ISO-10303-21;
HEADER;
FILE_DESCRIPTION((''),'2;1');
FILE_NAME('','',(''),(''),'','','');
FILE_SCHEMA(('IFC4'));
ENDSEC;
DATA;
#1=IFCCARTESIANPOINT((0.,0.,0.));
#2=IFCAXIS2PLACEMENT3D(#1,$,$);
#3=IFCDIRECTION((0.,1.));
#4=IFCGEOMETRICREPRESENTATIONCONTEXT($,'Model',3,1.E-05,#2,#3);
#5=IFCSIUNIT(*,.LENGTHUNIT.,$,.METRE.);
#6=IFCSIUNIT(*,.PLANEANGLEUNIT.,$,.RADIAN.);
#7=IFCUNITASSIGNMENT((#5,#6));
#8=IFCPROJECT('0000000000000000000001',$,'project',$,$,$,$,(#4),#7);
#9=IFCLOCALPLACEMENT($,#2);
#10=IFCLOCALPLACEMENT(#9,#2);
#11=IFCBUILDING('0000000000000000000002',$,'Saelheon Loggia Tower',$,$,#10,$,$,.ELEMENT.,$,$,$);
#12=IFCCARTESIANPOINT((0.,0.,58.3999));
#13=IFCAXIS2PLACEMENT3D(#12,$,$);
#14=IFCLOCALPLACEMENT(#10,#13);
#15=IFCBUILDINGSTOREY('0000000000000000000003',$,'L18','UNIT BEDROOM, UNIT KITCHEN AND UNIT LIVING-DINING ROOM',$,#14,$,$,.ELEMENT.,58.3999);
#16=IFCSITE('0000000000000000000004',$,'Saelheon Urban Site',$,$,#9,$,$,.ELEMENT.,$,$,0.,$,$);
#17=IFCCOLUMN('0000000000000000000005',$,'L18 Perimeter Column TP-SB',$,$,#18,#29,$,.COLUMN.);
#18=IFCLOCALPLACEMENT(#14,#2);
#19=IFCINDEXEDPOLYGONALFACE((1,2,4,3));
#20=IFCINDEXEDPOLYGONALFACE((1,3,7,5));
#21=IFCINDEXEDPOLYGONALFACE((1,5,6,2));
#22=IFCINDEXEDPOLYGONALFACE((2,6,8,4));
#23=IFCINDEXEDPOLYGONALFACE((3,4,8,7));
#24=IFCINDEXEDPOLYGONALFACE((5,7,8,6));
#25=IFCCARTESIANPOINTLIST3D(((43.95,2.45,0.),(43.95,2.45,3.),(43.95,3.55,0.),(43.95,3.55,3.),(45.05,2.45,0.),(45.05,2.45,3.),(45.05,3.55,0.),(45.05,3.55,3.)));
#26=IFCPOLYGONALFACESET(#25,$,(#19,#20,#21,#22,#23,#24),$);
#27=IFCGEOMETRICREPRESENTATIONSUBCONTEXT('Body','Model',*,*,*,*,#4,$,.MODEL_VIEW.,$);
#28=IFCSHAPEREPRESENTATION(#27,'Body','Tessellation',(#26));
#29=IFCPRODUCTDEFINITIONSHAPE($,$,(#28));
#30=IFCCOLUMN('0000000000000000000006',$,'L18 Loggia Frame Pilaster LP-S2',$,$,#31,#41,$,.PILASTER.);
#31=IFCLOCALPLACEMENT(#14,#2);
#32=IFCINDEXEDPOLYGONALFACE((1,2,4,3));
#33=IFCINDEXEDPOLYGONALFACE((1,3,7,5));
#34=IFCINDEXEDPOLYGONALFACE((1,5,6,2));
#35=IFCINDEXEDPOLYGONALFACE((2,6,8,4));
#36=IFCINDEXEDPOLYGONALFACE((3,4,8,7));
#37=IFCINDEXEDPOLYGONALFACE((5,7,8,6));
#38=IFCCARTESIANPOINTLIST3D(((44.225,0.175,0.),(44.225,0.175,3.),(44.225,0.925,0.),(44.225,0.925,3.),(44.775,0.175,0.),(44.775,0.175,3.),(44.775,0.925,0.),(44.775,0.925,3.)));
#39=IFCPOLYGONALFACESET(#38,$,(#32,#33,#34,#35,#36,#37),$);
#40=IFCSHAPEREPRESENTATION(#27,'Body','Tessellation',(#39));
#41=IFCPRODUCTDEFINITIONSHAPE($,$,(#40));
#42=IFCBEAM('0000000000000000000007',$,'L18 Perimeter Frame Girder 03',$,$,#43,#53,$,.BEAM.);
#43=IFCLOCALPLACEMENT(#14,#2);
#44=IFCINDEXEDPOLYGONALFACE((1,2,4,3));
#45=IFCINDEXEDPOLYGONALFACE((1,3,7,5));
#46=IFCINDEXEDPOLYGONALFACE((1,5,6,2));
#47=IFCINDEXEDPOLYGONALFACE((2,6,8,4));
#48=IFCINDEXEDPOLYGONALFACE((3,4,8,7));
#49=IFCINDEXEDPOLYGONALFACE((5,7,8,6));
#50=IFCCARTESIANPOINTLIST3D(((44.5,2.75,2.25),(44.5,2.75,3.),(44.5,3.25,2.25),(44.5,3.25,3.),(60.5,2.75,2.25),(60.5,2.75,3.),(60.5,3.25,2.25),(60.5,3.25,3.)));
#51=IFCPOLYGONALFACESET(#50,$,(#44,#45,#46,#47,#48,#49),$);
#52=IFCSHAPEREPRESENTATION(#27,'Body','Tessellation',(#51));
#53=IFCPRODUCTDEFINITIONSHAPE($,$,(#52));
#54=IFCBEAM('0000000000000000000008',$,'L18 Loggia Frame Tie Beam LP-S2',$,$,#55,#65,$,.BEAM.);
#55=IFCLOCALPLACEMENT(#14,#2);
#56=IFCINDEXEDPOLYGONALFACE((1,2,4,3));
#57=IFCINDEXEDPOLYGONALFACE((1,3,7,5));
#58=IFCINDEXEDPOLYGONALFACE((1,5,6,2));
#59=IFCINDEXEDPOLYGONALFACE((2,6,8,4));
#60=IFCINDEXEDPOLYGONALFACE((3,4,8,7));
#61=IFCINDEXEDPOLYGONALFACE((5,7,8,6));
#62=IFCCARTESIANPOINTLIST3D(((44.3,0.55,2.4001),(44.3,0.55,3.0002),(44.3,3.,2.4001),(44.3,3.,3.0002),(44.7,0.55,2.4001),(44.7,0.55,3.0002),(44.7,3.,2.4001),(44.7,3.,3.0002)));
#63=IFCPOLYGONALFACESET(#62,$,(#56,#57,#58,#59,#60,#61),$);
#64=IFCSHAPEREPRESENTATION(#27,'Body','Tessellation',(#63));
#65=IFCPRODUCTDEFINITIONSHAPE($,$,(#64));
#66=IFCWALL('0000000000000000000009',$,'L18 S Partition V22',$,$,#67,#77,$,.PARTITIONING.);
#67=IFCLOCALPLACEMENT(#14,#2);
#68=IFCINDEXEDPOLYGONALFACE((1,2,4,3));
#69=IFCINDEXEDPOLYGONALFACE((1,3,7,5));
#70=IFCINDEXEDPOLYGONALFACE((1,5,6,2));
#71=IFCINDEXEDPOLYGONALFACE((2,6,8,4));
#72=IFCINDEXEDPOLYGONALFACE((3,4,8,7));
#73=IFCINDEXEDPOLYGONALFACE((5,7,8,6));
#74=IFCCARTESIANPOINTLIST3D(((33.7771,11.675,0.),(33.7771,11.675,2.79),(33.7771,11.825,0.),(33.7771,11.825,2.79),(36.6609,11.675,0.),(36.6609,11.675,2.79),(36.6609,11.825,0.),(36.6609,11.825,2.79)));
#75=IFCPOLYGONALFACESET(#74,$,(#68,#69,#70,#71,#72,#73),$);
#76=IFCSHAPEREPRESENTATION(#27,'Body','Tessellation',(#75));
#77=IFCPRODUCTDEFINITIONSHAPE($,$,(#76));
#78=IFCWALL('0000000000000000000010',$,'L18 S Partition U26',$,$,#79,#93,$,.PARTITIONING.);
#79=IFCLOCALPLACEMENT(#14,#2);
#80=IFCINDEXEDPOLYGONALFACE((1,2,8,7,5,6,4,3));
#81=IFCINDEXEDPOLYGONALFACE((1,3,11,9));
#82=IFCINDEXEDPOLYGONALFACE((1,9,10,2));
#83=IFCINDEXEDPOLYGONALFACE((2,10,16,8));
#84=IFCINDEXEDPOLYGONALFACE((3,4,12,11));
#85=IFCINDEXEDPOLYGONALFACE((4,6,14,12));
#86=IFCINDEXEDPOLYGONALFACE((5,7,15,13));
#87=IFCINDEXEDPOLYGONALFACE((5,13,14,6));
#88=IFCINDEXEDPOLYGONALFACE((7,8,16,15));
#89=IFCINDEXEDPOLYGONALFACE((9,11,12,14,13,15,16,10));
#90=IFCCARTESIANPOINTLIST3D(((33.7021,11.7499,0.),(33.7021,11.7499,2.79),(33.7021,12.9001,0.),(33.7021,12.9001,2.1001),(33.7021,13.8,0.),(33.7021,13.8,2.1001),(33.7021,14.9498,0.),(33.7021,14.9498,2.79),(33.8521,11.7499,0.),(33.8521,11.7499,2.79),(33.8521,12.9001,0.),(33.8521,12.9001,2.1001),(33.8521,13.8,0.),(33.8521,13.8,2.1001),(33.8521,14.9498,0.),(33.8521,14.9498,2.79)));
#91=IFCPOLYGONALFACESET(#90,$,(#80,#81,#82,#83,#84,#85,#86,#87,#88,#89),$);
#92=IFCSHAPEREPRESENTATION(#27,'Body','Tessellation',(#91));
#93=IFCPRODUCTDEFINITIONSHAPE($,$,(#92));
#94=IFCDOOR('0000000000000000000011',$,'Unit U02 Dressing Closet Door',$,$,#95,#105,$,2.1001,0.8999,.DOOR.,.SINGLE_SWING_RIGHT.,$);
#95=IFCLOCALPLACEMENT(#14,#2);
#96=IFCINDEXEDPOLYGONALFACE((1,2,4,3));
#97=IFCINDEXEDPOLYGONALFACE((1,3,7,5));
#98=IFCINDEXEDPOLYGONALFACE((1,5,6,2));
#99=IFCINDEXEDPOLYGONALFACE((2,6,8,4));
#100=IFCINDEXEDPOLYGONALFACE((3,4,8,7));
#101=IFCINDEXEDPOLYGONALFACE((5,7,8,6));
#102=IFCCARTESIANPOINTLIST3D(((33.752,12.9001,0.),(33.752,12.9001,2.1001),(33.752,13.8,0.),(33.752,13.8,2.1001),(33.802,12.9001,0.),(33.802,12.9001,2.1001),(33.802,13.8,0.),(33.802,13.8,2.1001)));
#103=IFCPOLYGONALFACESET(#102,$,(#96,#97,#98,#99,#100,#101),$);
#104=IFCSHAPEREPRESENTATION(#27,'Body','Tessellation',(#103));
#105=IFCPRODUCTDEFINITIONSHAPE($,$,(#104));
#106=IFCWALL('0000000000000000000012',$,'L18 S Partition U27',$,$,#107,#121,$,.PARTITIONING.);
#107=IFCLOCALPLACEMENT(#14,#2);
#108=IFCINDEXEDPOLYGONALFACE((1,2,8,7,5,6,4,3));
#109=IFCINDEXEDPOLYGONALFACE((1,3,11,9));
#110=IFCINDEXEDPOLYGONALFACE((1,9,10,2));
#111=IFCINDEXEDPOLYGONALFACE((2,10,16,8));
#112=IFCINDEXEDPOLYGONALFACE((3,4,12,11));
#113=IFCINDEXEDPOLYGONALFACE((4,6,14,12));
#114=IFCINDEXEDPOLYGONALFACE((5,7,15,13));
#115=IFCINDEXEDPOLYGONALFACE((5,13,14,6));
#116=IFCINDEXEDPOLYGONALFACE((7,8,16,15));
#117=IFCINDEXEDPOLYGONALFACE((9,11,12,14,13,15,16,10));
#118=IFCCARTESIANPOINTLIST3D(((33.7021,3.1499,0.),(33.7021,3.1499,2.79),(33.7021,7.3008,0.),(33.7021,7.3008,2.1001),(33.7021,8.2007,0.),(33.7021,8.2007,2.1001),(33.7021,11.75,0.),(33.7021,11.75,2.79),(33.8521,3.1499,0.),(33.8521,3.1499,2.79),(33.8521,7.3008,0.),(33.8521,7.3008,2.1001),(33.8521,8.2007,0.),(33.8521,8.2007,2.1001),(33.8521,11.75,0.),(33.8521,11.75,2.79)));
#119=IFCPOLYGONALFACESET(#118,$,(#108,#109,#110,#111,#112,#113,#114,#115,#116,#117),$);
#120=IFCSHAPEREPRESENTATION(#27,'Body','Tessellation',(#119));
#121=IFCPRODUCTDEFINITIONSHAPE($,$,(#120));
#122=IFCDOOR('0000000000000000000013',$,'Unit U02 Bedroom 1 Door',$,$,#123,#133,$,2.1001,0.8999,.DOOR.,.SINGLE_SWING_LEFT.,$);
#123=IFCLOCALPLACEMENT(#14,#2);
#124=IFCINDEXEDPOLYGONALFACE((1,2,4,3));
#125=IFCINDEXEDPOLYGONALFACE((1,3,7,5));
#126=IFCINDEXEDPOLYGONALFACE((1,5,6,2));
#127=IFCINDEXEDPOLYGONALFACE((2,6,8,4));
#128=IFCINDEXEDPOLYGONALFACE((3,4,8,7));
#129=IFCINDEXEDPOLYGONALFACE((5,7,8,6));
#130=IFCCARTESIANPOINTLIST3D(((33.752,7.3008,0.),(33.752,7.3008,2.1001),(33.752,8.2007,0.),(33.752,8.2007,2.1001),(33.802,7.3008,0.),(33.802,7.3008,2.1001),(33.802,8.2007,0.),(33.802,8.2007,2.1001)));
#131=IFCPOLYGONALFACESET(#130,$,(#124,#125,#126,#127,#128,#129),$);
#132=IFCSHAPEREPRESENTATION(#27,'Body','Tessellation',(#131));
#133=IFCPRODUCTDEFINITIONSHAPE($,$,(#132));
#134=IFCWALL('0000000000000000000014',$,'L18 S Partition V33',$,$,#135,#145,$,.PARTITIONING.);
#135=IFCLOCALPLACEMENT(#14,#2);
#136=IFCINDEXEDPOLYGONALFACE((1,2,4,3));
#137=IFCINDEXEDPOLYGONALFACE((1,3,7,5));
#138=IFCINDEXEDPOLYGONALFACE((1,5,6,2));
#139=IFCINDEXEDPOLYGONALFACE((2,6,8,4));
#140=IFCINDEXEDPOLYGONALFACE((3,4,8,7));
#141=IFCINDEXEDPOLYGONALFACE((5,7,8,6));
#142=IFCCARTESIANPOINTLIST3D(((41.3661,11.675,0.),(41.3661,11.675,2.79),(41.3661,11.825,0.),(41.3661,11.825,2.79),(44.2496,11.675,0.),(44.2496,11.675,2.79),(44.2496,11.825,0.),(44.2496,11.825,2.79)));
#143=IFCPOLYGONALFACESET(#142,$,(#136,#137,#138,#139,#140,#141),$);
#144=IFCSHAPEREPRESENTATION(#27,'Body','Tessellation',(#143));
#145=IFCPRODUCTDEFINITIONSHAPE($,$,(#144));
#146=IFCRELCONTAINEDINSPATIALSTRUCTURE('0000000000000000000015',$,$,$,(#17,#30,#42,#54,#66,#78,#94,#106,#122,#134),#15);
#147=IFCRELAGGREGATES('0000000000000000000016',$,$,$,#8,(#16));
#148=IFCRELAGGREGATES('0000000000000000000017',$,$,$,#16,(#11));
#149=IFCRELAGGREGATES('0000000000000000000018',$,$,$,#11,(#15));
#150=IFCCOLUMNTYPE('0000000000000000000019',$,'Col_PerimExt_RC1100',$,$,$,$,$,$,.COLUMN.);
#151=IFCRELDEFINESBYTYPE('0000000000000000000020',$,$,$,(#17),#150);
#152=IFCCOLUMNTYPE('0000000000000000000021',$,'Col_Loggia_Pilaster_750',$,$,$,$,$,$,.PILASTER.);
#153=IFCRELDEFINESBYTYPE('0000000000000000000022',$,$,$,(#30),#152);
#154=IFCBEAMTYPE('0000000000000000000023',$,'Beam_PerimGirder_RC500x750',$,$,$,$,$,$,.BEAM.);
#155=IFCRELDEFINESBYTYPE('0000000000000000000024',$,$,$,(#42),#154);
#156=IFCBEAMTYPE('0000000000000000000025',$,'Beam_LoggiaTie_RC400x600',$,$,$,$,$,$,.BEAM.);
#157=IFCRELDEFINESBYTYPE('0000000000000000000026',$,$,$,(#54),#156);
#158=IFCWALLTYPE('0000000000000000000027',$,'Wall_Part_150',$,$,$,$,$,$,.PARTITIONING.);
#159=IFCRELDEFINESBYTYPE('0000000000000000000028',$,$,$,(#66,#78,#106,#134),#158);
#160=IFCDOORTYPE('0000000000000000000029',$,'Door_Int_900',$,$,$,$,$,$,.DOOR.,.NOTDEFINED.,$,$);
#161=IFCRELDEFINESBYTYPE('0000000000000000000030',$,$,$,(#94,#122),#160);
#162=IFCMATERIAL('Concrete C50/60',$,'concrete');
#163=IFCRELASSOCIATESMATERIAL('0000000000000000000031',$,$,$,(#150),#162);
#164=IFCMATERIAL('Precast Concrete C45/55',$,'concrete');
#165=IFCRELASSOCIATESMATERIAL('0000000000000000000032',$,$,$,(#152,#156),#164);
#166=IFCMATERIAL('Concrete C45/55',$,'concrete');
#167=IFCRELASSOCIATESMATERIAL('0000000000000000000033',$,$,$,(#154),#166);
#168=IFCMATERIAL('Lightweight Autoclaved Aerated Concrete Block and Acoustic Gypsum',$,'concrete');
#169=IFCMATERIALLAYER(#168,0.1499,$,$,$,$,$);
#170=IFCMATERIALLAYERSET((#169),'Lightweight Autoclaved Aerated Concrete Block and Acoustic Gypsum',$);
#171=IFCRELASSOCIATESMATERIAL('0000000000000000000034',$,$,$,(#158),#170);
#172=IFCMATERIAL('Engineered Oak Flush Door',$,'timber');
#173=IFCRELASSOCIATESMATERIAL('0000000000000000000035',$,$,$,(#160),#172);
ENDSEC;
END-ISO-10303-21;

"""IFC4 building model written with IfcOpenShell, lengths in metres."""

from ifc_helpers import new_model, si_unit, direction, frame, frame_2d, origin, origin_2d, place, context, subcontext, project, spatial, rectangle, extrude, source, transform, mapped, material, layer, layer_set, material_profile, profile_set, type_object, element, fill, save


model = new_model("IFC4")

# Units and contexts
model_context = context("Model", 3, precision=1e-05, world=origin(), true_north=direction((0.0, 1.0)))
body_context = subcontext(model_context, "Body", "Model", "MODEL_VIEW")
ifc_project = project(units=[si_unit("LENGTHUNIT", "METRE"), si_unit("PLANEANGLEUNIT", "RADIAN")], contexts=[model_context])

# Site, building, storey
site_placement = place(None, origin())
site = spatial("IfcSite", under=ifc_project, at=site_placement, Name="Saelheon Urban Site", CompositionType="ELEMENT", RefElevation=0.0)
building_placement = place(site_placement, origin())
building = spatial("IfcBuilding", under=site, at=building_placement, Name="Saelheon Loggia Tower", CompositionType="ELEMENT")
storey_placement = place(building_placement, frame((0.0, 0.0, 58.3999)))
storey = spatial("IfcBuildingStorey", under=building, at=storey_placement, Name="L18", Description="UNIT BEDROOM, UNIT KITCHEN AND UNIT LIVING-DINING ROOM", CompositionType="ELEMENT", Elevation=58.3999)

# Columns
ifc_material_1 = material(Name="Concrete C50/60", Category="concrete")
ifc_material_profile_1 = material_profile(ifc_material_1, rectangle(XDim=1.1001, YDim=1.1001, at=origin_2d()), Name="RC-1100x1100")
ifc_profile_set_1 = profile_set([ifc_material_profile_1], Name="Concrete C50/60")
column_type_1 = type_object("IfcColumnType", Name="Col_PerimExt_RC1100", PredefinedType="COLUMN", material=ifc_profile_set_1)
shared_shape_1 = source(origin(), body_context, "Body", "SweptSolid", [
    extrude(rectangle(XDim=1.1001, YDim=1.1001, at=origin_2d()), origin(), (0.0, 0.0, 1.0), 3.0),
])
column_1_placement = place(storey_placement, frame((44.5, 3.0, 0.0), z_axis=(0.0, 0.0, 1.0), x_axis=(1.0, 0.0, 0.0)))
element("IfcColumn", 1, at=column_1_placement, inside=storey, type_object=column_type_1, Name="L18 Perimeter Column TP-SB", PredefinedType="COLUMN", context=body_context, shape_type="MappedRepresentation", body=[
    mapped(shared_shape_1, transform((0.0, 0.0, 0.0), scale=1.0)),
])
ifc_material_2 = material(Name="Precast Concrete C45/55", Category="concrete")
ifc_material_profile_2 = material_profile(ifc_material_2, rectangle(XDim=0.55, YDim=0.75, at=origin_2d()), Name="RC-550x750")
ifc_profile_set_2 = profile_set([ifc_material_profile_2], Name="Precast Concrete C45/55")
column_type_2 = type_object("IfcColumnType", Name="Col_Loggia_Pilaster_750", PredefinedType="PILASTER", material=ifc_profile_set_2)
shared_shape_2 = source(origin(), body_context, "Body", "SweptSolid", [
    extrude(rectangle(XDim=0.55, YDim=0.75, at=origin_2d()), origin(), (0.0, 0.0, 1.0), 3.0),
])
column_2_placement = place(storey_placement, frame((44.5, 0.55, 0.0), z_axis=(0.0, 0.0, 1.0), x_axis=(1.0, 0.0, 0.0)))
element("IfcColumn", 2, at=column_2_placement, inside=storey, type_object=column_type_2, Name="L18 Loggia Frame Pilaster LP-S2", PredefinedType="PILASTER", context=body_context, shape_type="MappedRepresentation", body=[
    mapped(shared_shape_2, transform((0.0, 0.0, 0.0), scale=1.0)),
])

# Beams
ifc_material_3 = material(Name="Concrete C45/55", Category="concrete")
ifc_material_profile_3 = material_profile(ifc_material_3, rectangle(XDim=0.5, YDim=0.75, at=origin_2d()), Name="RC-500x750")
ifc_profile_set_3 = profile_set([ifc_material_profile_3], Name="Concrete C45/55")
beam_type_1 = type_object("IfcBeamType", Name="Beam_PerimGirder_RC500x750", PredefinedType="BEAM", material=ifc_profile_set_3)
shared_shape_3 = source(origin(), body_context, "Body", "SweptSolid", [
    extrude(rectangle(XDim=0.5, YDim=0.75, at=origin_2d()), origin(), (0.0, 0.0, 1.0), 16.0),
])
beam_1_placement = place(storey_placement, frame((44.5, 3.0, 2.625), z_axis=(1.0, 0.0, 0.0), x_axis=(0.0, 1.0, 0.0)))
element("IfcBeam", 3, at=beam_1_placement, inside=storey, type_object=beam_type_1, Name="L18 Perimeter Frame Girder 03", PredefinedType="BEAM", context=body_context, shape_type="MappedRepresentation", body=[
    mapped(shared_shape_3, transform((0.0, 0.0, 0.0), scale=1.0)),
])
ifc_material_profile_4 = material_profile(ifc_material_2, rectangle(XDim=0.3999, YDim=0.6001, at=origin_2d()), Name="RC-400x600")
ifc_profile_set_4 = profile_set([ifc_material_profile_4], Name="Precast Concrete C45/55")
beam_type_2 = type_object("IfcBeamType", Name="Beam_LoggiaTie_RC400x600", PredefinedType="BEAM", material=ifc_profile_set_4)
shared_shape_4 = source(origin(), body_context, "Body", "SweptSolid", [
    extrude(rectangle(XDim=0.3999, YDim=0.6001, at=origin_2d()), origin(), (0.0, 0.0, 1.0), 2.45),
])
beam_2_placement = place(storey_placement, frame((44.5, 3.0, 2.7002), z_axis=(0.0, -1.0, 0.0), x_axis=(1.0, 0.0, 0.0)))
element("IfcBeam", 4, at=beam_2_placement, inside=storey, type_object=beam_type_2, Name="L18 Loggia Frame Tie Beam LP-S2", PredefinedType="BEAM", context=body_context, shape_type="MappedRepresentation", body=[
    mapped(shared_shape_4, transform((0.0, 0.0, 0.0), scale=1.0)),
])

# Wall
ifc_material_4 = material(Name="Lightweight Autoclaved Aerated Concrete Block and Acoustic Gypsum", Category="concrete")
ifc_layer_1 = layer(ifc_material_4, 0.1499)
ifc_layer_set_1 = layer_set([ifc_layer_1], Name="Lightweight Autoclaved Aerated Concrete Block and Acoustic Gypsum")
wall_type_1 = type_object("IfcWallType", Name="Wall_Part_150", PredefinedType="PARTITIONING", material=ifc_layer_set_1)
wall_1_placement = place(storey_placement, frame((33.7771, 11.75, 0.0), z_axis=(0.0, 0.0, 1.0), x_axis=(1.0, 0.0, 0.0)))
element("IfcWall", 5, at=wall_1_placement, inside=storey, type_object=wall_type_1, Name="L18 S Partition V22", PredefinedType="PARTITIONING", context=body_context, shape_type="SweptSolid", body=[
    extrude(rectangle(XDim=2.8838, YDim=0.1499, at=frame_2d((1.4419, 0.0))), origin(), (0.0, 0.0, 1.0), 2.79),
])

# Walls, openings, doors
wall_2_placement = place(storey_placement, frame((33.7771, 14.95, 0.0), z_axis=(0.0, 0.0, 1.0), x_axis=(0.0, -1.0, 0.0)))
wall_2 = element("IfcWall", 6, at=wall_2_placement, inside=storey, type_object=wall_type_1, Name="L18 S Partition U26", PredefinedType="PARTITIONING", context=body_context, shape_type="SweptSolid", body=[
    extrude(rectangle(XDim=3.2, YDim=0.1499, at=frame_2d((1.6001, 0.0))), origin(), (0.0, 0.0, 1.0), 2.79),
])
opening_1_placement = place(wall_2_placement, frame((1.1499, 0.0, 0.0)))
opening_1 = element("IfcOpeningElement", 7, at=opening_1_placement, cuts=wall_2, PredefinedType="OPENING", context=body_context, shape_type="SweptSolid", body=[
    extrude(rectangle(XDim=0.8999, YDim=2.1001, at=frame_2d((0.45, 1.05))), frame((0.0, 0.0869, 0.0), z_axis=(0.0, -1.0, 0.0), x_axis=(1.0, 0.0, 0.0)), (0.0, 0.0, 1.0), 0.1738),
])
ifc_material_5 = material(Name="Engineered Oak Flush Door", Category="timber")
door_type_1 = type_object("IfcDoorType", Name="Door_Int_900", OperationType="NOTDEFINED", PredefinedType="DOOR", material=ifc_material_5)
shared_shape_5 = source(origin(), body_context, "Body", "SweptSolid", [
    extrude(rectangle(XDim=0.8999, YDim=2.1001, at=frame_2d((0.45, 1.05))), frame((0.0, 0.0249, 0.0), z_axis=(0.0, -1.0, 0.0), x_axis=(1.0, 0.0, 0.0)), (0.0, 0.0, 1.0), 0.05),
])
door_1_placement = place(opening_1_placement, origin())
door_1 = element("IfcDoor", 8, at=door_1_placement, inside=storey, type_object=door_type_1, Name="Unit U02 Dressing Closet Door", OperationType="SINGLE_SWING_RIGHT", OverallHeight=2.1001, OverallWidth=0.8999, PredefinedType="DOOR", context=body_context, shape_type="MappedRepresentation", body=[
    mapped(shared_shape_5, transform((0.0, 0.0, 0.0), scale=1.0)),
])
fill(opening_1, door_1)
wall_3_placement = place(storey_placement, frame((33.7771, 11.75, 0.0), z_axis=(0.0, 0.0, 1.0), x_axis=(0.0, -1.0, 0.0)))
wall_3 = element("IfcWall", 9, at=wall_3_placement, inside=storey, type_object=wall_type_1, Name="L18 S Partition U27", PredefinedType="PARTITIONING", context=body_context, shape_type="SweptSolid", body=[
    extrude(rectangle(XDim=8.6001, YDim=0.1499, at=frame_2d((4.3, 0.0))), origin(), (0.0, 0.0, 1.0), 2.79),
])
opening_2_placement = place(wall_3_placement, frame((3.5493, 0.0, 0.0)))
opening_2 = element("IfcOpeningElement", 10, at=opening_2_placement, cuts=wall_3, PredefinedType="OPENING", context=body_context, shape_type="SweptSolid", body=[
    extrude(rectangle(XDim=0.8999, YDim=2.1001, at=frame_2d((0.45, 1.05))), frame((0.0, 0.0869, 0.0), z_axis=(0.0, -1.0, 0.0), x_axis=(1.0, 0.0, 0.0)), (0.0, 0.0, 1.0), 0.1738),
])
door_2_placement = place(opening_2_placement, origin())
door_2 = element("IfcDoor", 11, at=door_2_placement, inside=storey, type_object=door_type_1, Name="Unit U02 Bedroom 1 Door", OperationType="SINGLE_SWING_LEFT", OverallHeight=2.1001, OverallWidth=0.8999, PredefinedType="DOOR", context=body_context, shape_type="MappedRepresentation", body=[
    mapped(shared_shape_5, transform((0.0, 0.0, 0.0), scale=1.0)),
])
fill(opening_2, door_2)

# Wall
wall_4_placement = place(storey_placement, frame((41.366, 11.75, 0.0), z_axis=(0.0, 0.0, 1.0), x_axis=(1.0, 0.0, 0.0)))
element("IfcWall", 12, at=wall_4_placement, inside=storey, type_object=wall_type_1, Name="L18 S Partition V33", PredefinedType="PARTITIONING", context=body_context, shape_type="SweptSolid", body=[
    extrude(rectangle(XDim=2.8835, YDim=0.1499, at=frame_2d((1.4419, 0.0))), origin(), (0.0, 0.0, 1.0), 2.79),
])

save(model, "model.ifc")
